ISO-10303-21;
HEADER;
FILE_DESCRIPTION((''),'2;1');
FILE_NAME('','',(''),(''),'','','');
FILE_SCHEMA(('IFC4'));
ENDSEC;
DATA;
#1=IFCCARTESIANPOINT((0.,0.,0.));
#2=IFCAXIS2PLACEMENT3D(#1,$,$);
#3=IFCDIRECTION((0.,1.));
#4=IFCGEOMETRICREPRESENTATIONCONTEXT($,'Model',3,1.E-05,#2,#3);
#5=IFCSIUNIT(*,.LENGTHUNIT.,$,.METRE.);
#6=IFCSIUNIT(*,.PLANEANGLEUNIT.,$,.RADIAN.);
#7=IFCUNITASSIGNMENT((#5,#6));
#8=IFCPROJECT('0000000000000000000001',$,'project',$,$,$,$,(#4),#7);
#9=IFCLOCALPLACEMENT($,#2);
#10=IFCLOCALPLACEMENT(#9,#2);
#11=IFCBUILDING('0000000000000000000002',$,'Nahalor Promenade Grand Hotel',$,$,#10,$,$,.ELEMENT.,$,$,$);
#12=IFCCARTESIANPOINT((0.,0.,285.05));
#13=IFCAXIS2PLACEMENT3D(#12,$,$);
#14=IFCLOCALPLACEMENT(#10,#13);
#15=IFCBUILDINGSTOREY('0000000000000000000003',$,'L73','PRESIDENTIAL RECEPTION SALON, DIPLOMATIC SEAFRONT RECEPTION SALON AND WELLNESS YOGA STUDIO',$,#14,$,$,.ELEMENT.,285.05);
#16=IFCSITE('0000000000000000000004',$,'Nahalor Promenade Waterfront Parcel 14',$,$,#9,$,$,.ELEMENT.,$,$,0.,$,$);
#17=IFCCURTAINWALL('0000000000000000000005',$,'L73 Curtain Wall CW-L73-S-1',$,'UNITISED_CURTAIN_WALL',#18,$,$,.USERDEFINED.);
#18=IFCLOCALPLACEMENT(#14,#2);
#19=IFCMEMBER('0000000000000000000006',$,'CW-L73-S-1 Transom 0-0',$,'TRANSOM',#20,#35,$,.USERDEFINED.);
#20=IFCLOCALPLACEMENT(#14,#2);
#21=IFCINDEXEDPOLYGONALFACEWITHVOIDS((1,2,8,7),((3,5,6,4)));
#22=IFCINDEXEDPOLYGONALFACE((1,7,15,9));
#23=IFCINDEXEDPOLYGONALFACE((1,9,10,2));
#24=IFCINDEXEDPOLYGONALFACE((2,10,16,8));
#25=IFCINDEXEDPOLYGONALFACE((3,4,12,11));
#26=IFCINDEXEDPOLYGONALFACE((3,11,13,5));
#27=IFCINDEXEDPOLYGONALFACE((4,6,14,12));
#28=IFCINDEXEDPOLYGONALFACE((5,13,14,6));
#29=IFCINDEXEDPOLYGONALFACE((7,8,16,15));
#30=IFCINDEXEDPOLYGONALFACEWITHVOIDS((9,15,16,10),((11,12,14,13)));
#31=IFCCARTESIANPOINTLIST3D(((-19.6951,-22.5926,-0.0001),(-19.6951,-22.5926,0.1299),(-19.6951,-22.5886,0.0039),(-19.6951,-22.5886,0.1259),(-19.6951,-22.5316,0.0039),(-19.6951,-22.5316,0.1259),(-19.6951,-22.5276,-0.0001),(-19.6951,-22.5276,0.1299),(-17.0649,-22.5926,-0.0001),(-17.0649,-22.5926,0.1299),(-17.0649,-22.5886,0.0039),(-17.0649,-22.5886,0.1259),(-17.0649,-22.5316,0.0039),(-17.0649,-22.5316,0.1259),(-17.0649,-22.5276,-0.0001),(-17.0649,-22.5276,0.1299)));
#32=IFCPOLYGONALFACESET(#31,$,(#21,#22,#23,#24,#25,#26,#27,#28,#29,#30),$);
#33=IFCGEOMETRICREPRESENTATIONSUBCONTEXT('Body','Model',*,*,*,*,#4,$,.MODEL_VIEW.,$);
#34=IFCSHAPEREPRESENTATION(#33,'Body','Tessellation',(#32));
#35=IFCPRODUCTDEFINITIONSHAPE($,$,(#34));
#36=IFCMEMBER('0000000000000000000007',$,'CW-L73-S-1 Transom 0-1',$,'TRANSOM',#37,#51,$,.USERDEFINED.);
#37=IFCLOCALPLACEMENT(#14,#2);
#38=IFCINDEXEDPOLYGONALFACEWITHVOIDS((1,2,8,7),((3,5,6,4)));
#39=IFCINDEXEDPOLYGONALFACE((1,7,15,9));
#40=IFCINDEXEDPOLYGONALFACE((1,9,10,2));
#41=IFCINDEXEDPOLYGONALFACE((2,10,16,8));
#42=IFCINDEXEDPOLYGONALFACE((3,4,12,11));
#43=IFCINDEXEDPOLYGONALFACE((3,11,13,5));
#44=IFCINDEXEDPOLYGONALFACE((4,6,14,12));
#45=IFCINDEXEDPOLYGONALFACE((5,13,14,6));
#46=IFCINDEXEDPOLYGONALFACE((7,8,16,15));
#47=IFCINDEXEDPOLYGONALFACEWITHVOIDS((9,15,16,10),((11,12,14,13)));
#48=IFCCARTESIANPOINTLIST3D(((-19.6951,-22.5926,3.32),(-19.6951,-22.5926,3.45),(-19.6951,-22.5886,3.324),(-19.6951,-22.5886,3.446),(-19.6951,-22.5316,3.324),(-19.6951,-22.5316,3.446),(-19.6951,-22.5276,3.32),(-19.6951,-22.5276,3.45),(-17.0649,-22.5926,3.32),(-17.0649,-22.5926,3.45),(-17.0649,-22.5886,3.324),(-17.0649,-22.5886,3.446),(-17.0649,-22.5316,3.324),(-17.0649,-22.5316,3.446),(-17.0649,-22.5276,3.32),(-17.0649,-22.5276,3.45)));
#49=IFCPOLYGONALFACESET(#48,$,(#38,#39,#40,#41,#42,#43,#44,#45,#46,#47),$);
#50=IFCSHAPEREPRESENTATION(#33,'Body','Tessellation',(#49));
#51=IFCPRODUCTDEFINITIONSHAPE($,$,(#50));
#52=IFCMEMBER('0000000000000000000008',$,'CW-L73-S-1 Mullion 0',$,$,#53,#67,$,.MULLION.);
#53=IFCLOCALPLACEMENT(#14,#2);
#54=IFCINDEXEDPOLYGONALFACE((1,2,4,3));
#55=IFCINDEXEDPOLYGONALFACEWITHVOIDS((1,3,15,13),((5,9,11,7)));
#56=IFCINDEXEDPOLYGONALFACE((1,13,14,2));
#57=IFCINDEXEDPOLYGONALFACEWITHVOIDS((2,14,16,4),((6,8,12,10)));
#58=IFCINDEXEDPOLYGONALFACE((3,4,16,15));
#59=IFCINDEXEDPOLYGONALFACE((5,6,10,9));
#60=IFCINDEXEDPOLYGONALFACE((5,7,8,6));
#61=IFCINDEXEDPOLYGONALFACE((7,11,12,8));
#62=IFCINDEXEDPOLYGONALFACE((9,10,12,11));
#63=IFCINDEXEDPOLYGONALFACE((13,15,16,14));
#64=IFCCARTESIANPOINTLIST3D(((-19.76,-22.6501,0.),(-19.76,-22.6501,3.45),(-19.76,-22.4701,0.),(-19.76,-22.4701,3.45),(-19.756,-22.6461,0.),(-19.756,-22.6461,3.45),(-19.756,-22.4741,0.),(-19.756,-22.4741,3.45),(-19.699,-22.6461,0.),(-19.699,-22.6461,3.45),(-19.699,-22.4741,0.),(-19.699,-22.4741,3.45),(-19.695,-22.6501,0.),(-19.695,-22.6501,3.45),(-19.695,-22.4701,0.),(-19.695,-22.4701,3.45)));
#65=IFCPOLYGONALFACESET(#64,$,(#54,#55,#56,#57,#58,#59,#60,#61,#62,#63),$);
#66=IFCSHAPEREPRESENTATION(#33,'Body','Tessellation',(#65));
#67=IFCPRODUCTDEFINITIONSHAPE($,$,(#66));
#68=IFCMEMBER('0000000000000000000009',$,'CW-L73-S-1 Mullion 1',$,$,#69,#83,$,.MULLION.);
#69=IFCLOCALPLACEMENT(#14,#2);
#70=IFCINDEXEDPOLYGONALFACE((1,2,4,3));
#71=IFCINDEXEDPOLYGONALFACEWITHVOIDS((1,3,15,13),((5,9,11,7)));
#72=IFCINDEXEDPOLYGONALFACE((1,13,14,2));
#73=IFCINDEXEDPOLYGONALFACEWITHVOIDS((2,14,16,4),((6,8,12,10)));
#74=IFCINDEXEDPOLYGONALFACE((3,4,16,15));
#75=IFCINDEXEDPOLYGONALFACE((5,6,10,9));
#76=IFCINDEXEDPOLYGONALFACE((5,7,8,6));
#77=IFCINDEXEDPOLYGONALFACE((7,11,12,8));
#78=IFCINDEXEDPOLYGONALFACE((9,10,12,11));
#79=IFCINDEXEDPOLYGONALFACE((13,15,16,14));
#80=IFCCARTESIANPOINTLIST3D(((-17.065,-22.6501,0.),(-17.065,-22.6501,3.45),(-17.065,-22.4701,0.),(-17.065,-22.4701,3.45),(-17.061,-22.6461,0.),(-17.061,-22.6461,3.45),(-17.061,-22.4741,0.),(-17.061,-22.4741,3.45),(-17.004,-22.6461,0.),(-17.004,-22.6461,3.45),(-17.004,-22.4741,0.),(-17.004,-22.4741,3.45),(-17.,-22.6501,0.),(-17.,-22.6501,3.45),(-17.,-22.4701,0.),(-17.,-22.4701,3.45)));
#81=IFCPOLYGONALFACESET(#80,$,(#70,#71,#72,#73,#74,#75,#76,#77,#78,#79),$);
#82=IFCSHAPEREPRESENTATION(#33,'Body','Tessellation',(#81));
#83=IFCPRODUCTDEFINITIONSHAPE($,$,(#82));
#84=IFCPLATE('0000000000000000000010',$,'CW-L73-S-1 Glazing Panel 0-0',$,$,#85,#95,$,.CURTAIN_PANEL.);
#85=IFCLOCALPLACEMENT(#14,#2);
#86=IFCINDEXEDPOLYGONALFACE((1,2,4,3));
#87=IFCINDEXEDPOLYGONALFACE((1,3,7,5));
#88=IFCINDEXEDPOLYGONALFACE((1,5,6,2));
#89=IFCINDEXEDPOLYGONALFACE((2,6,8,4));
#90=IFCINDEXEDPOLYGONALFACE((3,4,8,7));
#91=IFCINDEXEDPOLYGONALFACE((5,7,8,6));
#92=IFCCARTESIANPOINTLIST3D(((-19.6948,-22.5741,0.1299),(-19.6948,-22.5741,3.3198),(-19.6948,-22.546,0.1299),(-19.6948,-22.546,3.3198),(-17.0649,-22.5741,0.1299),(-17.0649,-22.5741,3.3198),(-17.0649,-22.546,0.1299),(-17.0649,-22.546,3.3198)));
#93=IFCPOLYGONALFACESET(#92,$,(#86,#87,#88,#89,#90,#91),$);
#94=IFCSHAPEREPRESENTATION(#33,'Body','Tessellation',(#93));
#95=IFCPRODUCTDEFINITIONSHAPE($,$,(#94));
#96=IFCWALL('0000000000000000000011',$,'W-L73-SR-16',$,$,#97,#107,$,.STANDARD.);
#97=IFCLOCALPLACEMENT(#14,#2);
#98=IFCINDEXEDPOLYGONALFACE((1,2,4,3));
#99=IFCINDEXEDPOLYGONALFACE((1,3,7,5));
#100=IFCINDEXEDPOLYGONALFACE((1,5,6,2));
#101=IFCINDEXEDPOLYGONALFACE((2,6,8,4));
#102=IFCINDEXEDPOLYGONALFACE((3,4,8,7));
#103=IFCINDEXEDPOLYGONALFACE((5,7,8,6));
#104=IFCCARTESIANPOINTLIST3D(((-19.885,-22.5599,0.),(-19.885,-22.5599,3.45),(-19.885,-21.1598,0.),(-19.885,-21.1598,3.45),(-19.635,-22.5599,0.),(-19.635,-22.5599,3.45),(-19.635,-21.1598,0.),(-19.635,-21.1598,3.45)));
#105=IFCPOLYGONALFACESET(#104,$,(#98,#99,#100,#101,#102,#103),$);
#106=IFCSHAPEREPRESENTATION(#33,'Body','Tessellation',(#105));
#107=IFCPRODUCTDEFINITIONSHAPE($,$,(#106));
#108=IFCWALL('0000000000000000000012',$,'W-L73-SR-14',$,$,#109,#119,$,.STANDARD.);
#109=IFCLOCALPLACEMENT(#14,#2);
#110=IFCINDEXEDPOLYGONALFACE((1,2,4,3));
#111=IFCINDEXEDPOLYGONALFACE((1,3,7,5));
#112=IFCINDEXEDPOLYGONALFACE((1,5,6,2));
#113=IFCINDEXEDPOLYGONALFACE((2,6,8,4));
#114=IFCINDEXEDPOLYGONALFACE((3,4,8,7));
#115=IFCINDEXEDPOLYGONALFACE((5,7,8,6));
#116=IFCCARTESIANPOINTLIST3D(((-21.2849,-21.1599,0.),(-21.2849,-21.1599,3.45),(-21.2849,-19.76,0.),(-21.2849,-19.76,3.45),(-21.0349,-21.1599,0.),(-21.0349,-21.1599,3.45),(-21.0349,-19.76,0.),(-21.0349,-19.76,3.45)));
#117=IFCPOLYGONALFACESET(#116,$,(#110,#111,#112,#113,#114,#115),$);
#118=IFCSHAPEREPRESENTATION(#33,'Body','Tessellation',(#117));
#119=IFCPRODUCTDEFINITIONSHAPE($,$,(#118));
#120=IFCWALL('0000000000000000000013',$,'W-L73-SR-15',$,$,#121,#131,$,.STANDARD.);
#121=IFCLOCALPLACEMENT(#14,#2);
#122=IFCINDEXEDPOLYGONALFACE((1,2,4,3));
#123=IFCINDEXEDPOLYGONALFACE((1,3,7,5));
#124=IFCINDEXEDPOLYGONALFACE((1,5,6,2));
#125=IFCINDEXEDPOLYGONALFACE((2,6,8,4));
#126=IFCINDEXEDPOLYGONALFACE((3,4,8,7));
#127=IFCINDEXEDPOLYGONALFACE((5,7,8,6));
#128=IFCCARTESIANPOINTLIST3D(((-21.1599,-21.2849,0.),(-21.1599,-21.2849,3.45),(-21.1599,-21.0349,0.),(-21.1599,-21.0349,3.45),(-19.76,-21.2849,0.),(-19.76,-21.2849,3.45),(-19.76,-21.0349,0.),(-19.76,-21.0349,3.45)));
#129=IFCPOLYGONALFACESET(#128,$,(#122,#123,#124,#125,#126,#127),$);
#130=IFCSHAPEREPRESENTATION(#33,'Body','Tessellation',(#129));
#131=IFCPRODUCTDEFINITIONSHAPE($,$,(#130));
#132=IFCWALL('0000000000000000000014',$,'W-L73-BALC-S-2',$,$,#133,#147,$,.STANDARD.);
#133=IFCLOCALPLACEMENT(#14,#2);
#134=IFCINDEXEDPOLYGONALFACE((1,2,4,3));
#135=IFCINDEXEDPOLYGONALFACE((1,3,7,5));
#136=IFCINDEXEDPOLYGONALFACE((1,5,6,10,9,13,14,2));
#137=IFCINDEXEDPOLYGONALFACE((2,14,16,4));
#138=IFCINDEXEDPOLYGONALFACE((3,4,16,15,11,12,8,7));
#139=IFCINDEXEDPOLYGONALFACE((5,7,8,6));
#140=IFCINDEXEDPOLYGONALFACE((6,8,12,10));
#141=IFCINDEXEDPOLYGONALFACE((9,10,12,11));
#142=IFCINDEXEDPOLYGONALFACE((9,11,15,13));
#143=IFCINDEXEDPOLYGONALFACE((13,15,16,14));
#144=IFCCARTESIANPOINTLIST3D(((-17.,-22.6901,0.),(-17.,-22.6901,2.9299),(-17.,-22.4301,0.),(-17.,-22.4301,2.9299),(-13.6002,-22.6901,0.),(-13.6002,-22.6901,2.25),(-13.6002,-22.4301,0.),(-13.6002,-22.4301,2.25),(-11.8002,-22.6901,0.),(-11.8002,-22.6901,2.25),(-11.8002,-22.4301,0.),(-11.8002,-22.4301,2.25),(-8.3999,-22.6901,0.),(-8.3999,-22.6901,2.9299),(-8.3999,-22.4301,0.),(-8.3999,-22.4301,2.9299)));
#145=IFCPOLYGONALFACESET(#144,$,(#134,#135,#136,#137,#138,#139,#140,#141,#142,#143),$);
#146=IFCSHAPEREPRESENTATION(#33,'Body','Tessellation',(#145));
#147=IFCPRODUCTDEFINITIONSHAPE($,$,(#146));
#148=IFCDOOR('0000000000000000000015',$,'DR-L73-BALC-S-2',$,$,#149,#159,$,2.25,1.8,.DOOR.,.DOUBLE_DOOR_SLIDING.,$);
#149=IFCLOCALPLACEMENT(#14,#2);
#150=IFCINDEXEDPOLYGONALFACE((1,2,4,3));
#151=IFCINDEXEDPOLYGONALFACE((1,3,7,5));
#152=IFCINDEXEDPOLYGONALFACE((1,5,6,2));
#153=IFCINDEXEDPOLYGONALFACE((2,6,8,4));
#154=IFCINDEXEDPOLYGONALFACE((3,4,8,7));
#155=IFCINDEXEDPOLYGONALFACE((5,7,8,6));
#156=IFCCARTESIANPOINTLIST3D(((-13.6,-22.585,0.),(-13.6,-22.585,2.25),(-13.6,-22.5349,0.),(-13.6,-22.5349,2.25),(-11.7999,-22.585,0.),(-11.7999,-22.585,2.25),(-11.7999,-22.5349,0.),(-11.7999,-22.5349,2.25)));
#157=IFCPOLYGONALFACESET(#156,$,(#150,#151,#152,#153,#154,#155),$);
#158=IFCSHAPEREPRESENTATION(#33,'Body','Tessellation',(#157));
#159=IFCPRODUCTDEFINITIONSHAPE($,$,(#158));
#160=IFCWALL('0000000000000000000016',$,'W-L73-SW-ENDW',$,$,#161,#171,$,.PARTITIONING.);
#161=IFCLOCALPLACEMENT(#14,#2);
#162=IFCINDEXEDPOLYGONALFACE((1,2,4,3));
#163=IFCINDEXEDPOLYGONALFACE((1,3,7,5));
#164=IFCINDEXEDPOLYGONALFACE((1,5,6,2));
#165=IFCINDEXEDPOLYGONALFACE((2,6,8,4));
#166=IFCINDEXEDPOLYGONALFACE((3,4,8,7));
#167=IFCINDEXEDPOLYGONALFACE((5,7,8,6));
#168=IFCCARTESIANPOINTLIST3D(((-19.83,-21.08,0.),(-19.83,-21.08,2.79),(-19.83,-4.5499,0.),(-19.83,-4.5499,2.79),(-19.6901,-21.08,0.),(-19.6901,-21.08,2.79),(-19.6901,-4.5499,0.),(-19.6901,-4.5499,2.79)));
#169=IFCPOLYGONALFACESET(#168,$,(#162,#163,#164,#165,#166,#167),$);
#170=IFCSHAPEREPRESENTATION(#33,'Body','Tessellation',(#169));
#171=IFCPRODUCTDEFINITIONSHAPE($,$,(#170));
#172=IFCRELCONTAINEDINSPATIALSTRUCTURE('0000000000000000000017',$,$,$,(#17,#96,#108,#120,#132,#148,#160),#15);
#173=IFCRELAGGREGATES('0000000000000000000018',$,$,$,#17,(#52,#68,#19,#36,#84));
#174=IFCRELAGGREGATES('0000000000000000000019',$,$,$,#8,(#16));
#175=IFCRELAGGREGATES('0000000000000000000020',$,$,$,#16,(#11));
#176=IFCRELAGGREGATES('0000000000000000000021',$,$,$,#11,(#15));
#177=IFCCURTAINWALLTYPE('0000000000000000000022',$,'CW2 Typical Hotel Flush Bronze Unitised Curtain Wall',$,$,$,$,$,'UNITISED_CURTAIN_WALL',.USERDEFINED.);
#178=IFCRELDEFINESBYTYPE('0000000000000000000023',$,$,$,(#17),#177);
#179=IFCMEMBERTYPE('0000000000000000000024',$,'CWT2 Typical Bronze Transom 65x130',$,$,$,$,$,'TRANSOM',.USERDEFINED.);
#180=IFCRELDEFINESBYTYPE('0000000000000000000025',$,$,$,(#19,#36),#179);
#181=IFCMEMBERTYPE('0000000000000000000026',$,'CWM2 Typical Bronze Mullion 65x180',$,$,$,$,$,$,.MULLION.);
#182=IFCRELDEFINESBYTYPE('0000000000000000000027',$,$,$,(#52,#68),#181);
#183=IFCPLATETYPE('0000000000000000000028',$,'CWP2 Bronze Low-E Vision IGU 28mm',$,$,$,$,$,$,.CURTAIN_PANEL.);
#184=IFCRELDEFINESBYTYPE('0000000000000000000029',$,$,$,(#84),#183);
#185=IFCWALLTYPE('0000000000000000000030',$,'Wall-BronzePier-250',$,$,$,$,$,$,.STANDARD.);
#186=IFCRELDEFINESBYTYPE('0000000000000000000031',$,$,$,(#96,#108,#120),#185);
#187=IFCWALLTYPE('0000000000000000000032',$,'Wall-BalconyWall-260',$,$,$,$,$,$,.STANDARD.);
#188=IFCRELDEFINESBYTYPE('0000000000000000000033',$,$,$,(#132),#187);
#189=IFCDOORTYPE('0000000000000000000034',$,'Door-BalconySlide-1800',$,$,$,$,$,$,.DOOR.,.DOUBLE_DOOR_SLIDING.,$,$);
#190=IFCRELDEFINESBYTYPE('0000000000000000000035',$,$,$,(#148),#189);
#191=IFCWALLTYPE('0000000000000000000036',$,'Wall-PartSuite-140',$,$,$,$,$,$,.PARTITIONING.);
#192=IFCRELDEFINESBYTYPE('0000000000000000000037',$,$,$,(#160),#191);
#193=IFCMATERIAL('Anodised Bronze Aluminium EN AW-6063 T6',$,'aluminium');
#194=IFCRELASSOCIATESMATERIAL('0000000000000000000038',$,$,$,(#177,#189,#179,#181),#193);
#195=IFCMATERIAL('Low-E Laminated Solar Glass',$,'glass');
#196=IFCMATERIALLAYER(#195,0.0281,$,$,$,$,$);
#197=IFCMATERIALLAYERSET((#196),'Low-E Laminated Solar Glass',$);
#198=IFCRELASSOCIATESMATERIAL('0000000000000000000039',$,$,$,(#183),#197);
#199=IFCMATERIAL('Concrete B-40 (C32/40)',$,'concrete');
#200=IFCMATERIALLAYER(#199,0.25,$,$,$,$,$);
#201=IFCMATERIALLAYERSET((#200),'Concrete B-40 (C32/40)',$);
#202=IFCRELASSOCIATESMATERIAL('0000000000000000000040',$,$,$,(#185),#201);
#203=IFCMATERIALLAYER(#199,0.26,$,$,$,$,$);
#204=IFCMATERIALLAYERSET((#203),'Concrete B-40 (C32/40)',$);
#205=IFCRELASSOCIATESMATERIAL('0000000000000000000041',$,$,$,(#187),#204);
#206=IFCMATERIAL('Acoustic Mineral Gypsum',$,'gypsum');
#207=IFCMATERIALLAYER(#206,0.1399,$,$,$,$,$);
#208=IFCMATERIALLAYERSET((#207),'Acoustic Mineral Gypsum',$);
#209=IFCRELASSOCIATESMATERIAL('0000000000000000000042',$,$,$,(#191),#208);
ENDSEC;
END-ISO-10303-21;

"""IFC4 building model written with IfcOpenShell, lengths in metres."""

from ifc_helpers import new_model, si_unit, direction, frame, frame_2d, origin, origin_2d, place, context, subcontext, project, spatial, rectangle, hollow_rectangle, extrude, source, transform, mapped, material, layer, layer_set, material_profile, profile_set, type_object, element, fill, aggregate, save


model = new_model("IFC4")

# Units and contexts
model_context = context("Model", 3, precision=1e-05, world=origin(), true_north=direction((0.0, 1.0)))
body_context = subcontext(model_context, "Body", "Model", "MODEL_VIEW")
ifc_project = project(units=[si_unit("LENGTHUNIT", "METRE"), si_unit("PLANEANGLEUNIT", "RADIAN")], contexts=[model_context])

# Site, building, storey
site_placement = place(None, origin())
site = spatial("IfcSite", under=ifc_project, at=site_placement, Name="Nahalor Promenade Waterfront Parcel 14", CompositionType="ELEMENT", RefElevation=0.0)
building_placement = place(site_placement, origin())
building = spatial("IfcBuilding", under=site, at=building_placement, Name="Nahalor Promenade Grand Hotel", CompositionType="ELEMENT")
storey_placement = place(building_placement, frame((0.0, 0.0, 285.05)))
storey = spatial("IfcBuildingStorey", under=building, at=storey_placement, Name="L73", Description="PRESIDENTIAL RECEPTION SALON, DIPLOMATIC SEAFRONT RECEPTION SALON AND WELLNESS YOGA STUDIO", CompositionType="ELEMENT", Elevation=285.05)

# Curtain wall, members, plate
ifc_material_1 = material(Name="Anodised Bronze Aluminium EN AW-6063 T6", Category="aluminium")
curtain_wall_type = type_object("IfcCurtainWallType", Name="CW2 Typical Hotel Flush Bronze Unitised Curtain Wall", ElementType="UNITISED_CURTAIN_WALL", PredefinedType="USERDEFINED", material=ifc_material_1)
curtain_wall_placement = place(storey_placement, origin())
curtain_wall = element("IfcCurtainWall", 1, at=curtain_wall_placement, inside=storey, type_object=curtain_wall_type, Name="L73 Curtain Wall CW-L73-S-1", ObjectType="UNITISED_CURTAIN_WALL", PredefinedType="USERDEFINED")
ifc_material_profile_1 = material_profile(ifc_material_1, hollow_rectangle(XDim=0.065, YDim=0.13, WallThickness=0.004, at=origin_2d()), Name="CWT 65x130x4")
ifc_profile_set_1 = profile_set([ifc_material_profile_1], Name="Anodised Bronze Aluminium EN AW-6063 T6")
member_type_1 = type_object("IfcMemberType", Name="CWT2 Typical Bronze Transom 65x130", ElementType="TRANSOM", PredefinedType="USERDEFINED", material=ifc_profile_set_1)
shared_shape_1 = source(origin(), body_context, "Body", "SweptSolid", [
    extrude(hollow_rectangle(XDim=0.065, YDim=0.13, WallThickness=0.004, at=origin_2d()), origin(), (0.0, 0.0, 1.0), 2.6301),
])
member_1_placement = place(storey_placement, frame((-19.6951, -22.5601, 0.0649), z_axis=(1.0, 0.0, 0.0), x_axis=(0.0, 1.0, 0.0)))
member_1 = element("IfcMember", 2, at=member_1_placement, type_object=member_type_1, Name="CW-L73-S-1 Transom 0-0", ObjectType="TRANSOM", PredefinedType="USERDEFINED", context=body_context, shape_type="MappedRepresentation", body=[
    mapped(shared_shape_1, transform((0.0, 0.0, 0.0), scale=1.0)),
])
member_2_placement = place(storey_placement, frame((-19.6951, -22.5601, 3.385), z_axis=(1.0, 0.0, 0.0), x_axis=(0.0, 1.0, 0.0)))
member_2 = element("IfcMember", 3, at=member_2_placement, type_object=member_type_1, Name="CW-L73-S-1 Transom 0-1", ObjectType="TRANSOM", PredefinedType="USERDEFINED", context=body_context, shape_type="MappedRepresentation", body=[
    mapped(shared_shape_1, transform((0.0, 0.0, 0.0), scale=1.0)),
])
ifc_material_profile_2 = material_profile(ifc_material_1, hollow_rectangle(XDim=0.065, YDim=0.18, WallThickness=0.004, at=origin_2d()), Name="CWM 65x180x4")
ifc_profile_set_2 = profile_set([ifc_material_profile_2], Name="Anodised Bronze Aluminium EN AW-6063 T6")
member_type_2 = type_object("IfcMemberType", Name="CWM2 Typical Bronze Mullion 65x180", PredefinedType="MULLION", material=ifc_profile_set_2)
shared_shape_2 = source(origin(), body_context, "Body", "SweptSolid", [
    extrude(hollow_rectangle(XDim=0.065, YDim=0.18, WallThickness=0.004, at=origin_2d()), origin(), (0.0, 0.0, 1.0), 3.45),
])
member_3_placement = place(storey_placement, frame((-19.7275, -22.5601, 0.0), z_axis=(0.0, 0.0, 1.0), x_axis=(1.0, 0.0, 0.0)))
member_3 = element("IfcMember", 4, at=member_3_placement, type_object=member_type_2, Name="CW-L73-S-1 Mullion 0", PredefinedType="MULLION", context=body_context, shape_type="MappedRepresentation", body=[
    mapped(shared_shape_2, transform((0.0, 0.0, 0.0), scale=1.0)),
])
member_4_placement = place(storey_placement, frame((-17.0325, -22.5601, 0.0), z_axis=(0.0, 0.0, 1.0), x_axis=(1.0, 0.0, 0.0)))
member_4 = element("IfcMember", 5, at=member_4_placement, type_object=member_type_2, Name="CW-L73-S-1 Mullion 1", PredefinedType="MULLION", context=body_context, shape_type="MappedRepresentation", body=[
    mapped(shared_shape_2, transform((0.0, 0.0, 0.0), scale=1.0)),
])
ifc_material_2 = material(Name="Low-E Laminated Solar Glass", Category="glass")
ifc_layer_1 = layer(ifc_material_2, 0.0281)
ifc_layer_set_1 = layer_set([ifc_layer_1], Name="Low-E Laminated Solar Glass")
plate_type = type_object("IfcPlateType", Name="CWP2 Bronze Low-E Vision IGU 28mm", PredefinedType="CURTAIN_PANEL", material=ifc_layer_set_1)
shared_shape_3 = source(origin(), body_context, "Body", "SweptSolid", [
    extrude(rectangle(XDim=2.6299, YDim=0.0281, at=origin_2d()), origin(), (0.0, 0.0, 1.0), 3.1899),
])
plate_placement = place(storey_placement, frame((-18.3799, -22.5601, 0.1299), z_axis=(0.0, 0.0, 1.0), x_axis=(1.0, 0.0, 0.0)))
plate = element("IfcPlate", 6, at=plate_placement, type_object=plate_type, Name="CW-L73-S-1 Glazing Panel 0-0", PredefinedType="CURTAIN_PANEL", context=body_context, shape_type="MappedRepresentation", body=[
    mapped(shared_shape_3, transform((0.0, 0.0, 0.0), scale=1.0)),
])
aggregate(curtain_wall, [member_3, member_4, member_1, member_2, plate])

# Walls
ifc_material_3 = material(Name="Concrete B-40 (C32/40)", Category="concrete")
ifc_layer_2 = layer(ifc_material_3, 0.25)
ifc_layer_set_2 = layer_set([ifc_layer_2], Name="Concrete B-40 (C32/40)")
wall_type_1 = type_object("IfcWallType", Name="Wall-BronzePier-250", PredefinedType="STANDARD", material=ifc_layer_set_2)
shared_shape_4 = source(origin(), body_context, "Body", "SweptSolid", [
    extrude(rectangle(XDim=1.4001, YDim=0.25, at=frame_2d((0.7002, 0.0))), origin(), (0.0, 0.0, 1.0), 3.45),
])
wall_1_placement = place(storey_placement, frame((-19.76, -22.5601, 0.0), z_axis=(0.0, 0.0, 1.0), x_axis=(0.0, 1.0, 0.0)))
element("IfcWall", 7, at=wall_1_placement, inside=storey, type_object=wall_type_1, Name="W-L73-SR-16", PredefinedType="STANDARD", context=body_context, shape_type="MappedRepresentation", body=[
    mapped(shared_shape_4, transform((0.0, 0.0, 0.0), scale=1.0)),
])
shared_shape_5 = source(origin(), body_context, "Body", "SweptSolid", [
    extrude(rectangle(XDim=1.3999, YDim=0.25, at=frame_2d((0.7, 0.0))), origin(), (0.0, 0.0, 1.0), 3.45),
])
for number, where, z_axis, x_axis, name in (
    (8, (-21.1599, -21.1599, 0.0), (0.0, 0.0, 1.0), (0.0, 1.0, 0.0), "W-L73-SR-14"),
    (9, (-21.1599, -21.1599, 0.0), (0.0, 0.0, 1.0), (1.0, 0.0, 0.0), "W-L73-SR-15"),
):
    element("IfcWall", number, at=place(storey_placement, frame(where, z_axis=z_axis, x_axis=x_axis)), inside=storey, type_object=wall_type_1, Name=name, PredefinedType="STANDARD", context=body_context, shape_type="MappedRepresentation", body=[
        mapped(shared_shape_5, transform((0.0, 0.0, 0.0), scale=1.0)),
    ])

# Wall, opening, door
ifc_layer_3 = layer(ifc_material_3, 0.26)
ifc_layer_set_3 = layer_set([ifc_layer_3], Name="Concrete B-40 (C32/40)")
wall_type_2 = type_object("IfcWallType", Name="Wall-BalconyWall-260", PredefinedType="STANDARD", material=ifc_layer_set_3)
shared_shape_6 = source(origin(), body_context, "Body", "SweptSolid", [
    extrude(rectangle(XDim=8.6001, YDim=0.26, at=frame_2d((4.3, 0.0))), origin(), (0.0, 0.0, 1.0), 2.9299),
])
wall_2_placement = place(storey_placement, frame((-17.0, -22.5601, 0.0), z_axis=(0.0, 0.0, 1.0), x_axis=(1.0, 0.0, 0.0)))
wall_2 = element("IfcWall", 10, at=wall_2_placement, inside=storey, type_object=wall_type_2, Name="W-L73-BALC-S-2", PredefinedType="STANDARD", context=body_context, shape_type="MappedRepresentation", body=[
    mapped(shared_shape_6, transform((0.0, 0.0, 0.0), scale=1.0)),
])
opening_1_placement = place(wall_2_placement, frame((3.3999, 0.0, 0.0)))
opening_1 = element("IfcOpeningElement", 11, at=opening_1_placement, cuts=wall_2, PredefinedType="OPENING", context=body_context, shape_type="SweptSolid", body=[
    extrude(rectangle(XDim=1.8, YDim=2.25, at=frame_2d((0.8999, 1.125))), frame((0.0, 0.1399, 0.0), z_axis=(0.0, -1.0, 0.0), x_axis=(1.0, 0.0, 0.0)), (0.0, 0.0, 1.0), 0.28),
])
door_type_1 = type_object("IfcDoorType", Name="Door-BalconySlide-1800", OperationType="DOUBLE_DOOR_SLIDING", PredefinedType="DOOR", material=ifc_material_1)
shared_shape_7 = source(origin(), body_context, "Body", "SweptSolid", [
    extrude(rectangle(XDim=1.8, YDim=2.25, at=frame_2d((0.8999, 1.125))), frame((0.0, 0.0249, 0.0), z_axis=(0.0, -1.0, 0.0), x_axis=(1.0, 0.0, 0.0)), (0.0, 0.0, 1.0), 0.05),
])
door_1_placement = place(opening_1_placement, frame((1.8, 0.0, 0.0), z_axis=(0.0, 0.0, 1.0), x_axis=(-1.0, 0.0, 0.0)))
door_1 = element("IfcDoor", 12, at=door_1_placement, inside=storey, type_object=door_type_1, Name="DR-L73-BALC-S-2", OperationType="DOUBLE_DOOR_SLIDING", OverallHeight=2.25, OverallWidth=1.8, PredefinedType="DOOR", context=body_context, shape_type="MappedRepresentation", body=[
    mapped(shared_shape_7, transform((0.0, 0.0, 0.0), scale=1.0)),
])
fill(opening_1, door_1)

# Wall
ifc_material_4 = material(Name="Acoustic Mineral Gypsum", Category="gypsum")
ifc_layer_4 = layer(ifc_material_4, 0.1399)
ifc_layer_set_4 = layer_set([ifc_layer_4], Name="Acoustic Mineral Gypsum")
wall_type_3 = type_object("IfcWallType", Name="Wall-PartSuite-140", PredefinedType="PARTITIONING", material=ifc_layer_set_4)
shared_shape_8 = source(origin(), body_context, "Body", "SweptSolid", [
    extrude(rectangle(XDim=16.53, YDim=0.1399, at=frame_2d((8.2651, 0.0))), origin(), (0.0, 0.0, 1.0), 2.79),
])
wall_3_placement = place(storey_placement, frame((-19.76, -21.0801, 0.0), z_axis=(0.0, 0.0, 1.0), x_axis=(0.0, 1.0, 0.0)))
element("IfcWall", 13, at=wall_3_placement, inside=storey, type_object=wall_type_3, Name="W-L73-SW-ENDW", PredefinedType="PARTITIONING", context=body_context, shape_type="MappedRepresentation", body=[
    mapped(shared_shape_8, transform((0.0, 0.0, 0.0), scale=1.0)),
])

save(model, "model.ifc")
